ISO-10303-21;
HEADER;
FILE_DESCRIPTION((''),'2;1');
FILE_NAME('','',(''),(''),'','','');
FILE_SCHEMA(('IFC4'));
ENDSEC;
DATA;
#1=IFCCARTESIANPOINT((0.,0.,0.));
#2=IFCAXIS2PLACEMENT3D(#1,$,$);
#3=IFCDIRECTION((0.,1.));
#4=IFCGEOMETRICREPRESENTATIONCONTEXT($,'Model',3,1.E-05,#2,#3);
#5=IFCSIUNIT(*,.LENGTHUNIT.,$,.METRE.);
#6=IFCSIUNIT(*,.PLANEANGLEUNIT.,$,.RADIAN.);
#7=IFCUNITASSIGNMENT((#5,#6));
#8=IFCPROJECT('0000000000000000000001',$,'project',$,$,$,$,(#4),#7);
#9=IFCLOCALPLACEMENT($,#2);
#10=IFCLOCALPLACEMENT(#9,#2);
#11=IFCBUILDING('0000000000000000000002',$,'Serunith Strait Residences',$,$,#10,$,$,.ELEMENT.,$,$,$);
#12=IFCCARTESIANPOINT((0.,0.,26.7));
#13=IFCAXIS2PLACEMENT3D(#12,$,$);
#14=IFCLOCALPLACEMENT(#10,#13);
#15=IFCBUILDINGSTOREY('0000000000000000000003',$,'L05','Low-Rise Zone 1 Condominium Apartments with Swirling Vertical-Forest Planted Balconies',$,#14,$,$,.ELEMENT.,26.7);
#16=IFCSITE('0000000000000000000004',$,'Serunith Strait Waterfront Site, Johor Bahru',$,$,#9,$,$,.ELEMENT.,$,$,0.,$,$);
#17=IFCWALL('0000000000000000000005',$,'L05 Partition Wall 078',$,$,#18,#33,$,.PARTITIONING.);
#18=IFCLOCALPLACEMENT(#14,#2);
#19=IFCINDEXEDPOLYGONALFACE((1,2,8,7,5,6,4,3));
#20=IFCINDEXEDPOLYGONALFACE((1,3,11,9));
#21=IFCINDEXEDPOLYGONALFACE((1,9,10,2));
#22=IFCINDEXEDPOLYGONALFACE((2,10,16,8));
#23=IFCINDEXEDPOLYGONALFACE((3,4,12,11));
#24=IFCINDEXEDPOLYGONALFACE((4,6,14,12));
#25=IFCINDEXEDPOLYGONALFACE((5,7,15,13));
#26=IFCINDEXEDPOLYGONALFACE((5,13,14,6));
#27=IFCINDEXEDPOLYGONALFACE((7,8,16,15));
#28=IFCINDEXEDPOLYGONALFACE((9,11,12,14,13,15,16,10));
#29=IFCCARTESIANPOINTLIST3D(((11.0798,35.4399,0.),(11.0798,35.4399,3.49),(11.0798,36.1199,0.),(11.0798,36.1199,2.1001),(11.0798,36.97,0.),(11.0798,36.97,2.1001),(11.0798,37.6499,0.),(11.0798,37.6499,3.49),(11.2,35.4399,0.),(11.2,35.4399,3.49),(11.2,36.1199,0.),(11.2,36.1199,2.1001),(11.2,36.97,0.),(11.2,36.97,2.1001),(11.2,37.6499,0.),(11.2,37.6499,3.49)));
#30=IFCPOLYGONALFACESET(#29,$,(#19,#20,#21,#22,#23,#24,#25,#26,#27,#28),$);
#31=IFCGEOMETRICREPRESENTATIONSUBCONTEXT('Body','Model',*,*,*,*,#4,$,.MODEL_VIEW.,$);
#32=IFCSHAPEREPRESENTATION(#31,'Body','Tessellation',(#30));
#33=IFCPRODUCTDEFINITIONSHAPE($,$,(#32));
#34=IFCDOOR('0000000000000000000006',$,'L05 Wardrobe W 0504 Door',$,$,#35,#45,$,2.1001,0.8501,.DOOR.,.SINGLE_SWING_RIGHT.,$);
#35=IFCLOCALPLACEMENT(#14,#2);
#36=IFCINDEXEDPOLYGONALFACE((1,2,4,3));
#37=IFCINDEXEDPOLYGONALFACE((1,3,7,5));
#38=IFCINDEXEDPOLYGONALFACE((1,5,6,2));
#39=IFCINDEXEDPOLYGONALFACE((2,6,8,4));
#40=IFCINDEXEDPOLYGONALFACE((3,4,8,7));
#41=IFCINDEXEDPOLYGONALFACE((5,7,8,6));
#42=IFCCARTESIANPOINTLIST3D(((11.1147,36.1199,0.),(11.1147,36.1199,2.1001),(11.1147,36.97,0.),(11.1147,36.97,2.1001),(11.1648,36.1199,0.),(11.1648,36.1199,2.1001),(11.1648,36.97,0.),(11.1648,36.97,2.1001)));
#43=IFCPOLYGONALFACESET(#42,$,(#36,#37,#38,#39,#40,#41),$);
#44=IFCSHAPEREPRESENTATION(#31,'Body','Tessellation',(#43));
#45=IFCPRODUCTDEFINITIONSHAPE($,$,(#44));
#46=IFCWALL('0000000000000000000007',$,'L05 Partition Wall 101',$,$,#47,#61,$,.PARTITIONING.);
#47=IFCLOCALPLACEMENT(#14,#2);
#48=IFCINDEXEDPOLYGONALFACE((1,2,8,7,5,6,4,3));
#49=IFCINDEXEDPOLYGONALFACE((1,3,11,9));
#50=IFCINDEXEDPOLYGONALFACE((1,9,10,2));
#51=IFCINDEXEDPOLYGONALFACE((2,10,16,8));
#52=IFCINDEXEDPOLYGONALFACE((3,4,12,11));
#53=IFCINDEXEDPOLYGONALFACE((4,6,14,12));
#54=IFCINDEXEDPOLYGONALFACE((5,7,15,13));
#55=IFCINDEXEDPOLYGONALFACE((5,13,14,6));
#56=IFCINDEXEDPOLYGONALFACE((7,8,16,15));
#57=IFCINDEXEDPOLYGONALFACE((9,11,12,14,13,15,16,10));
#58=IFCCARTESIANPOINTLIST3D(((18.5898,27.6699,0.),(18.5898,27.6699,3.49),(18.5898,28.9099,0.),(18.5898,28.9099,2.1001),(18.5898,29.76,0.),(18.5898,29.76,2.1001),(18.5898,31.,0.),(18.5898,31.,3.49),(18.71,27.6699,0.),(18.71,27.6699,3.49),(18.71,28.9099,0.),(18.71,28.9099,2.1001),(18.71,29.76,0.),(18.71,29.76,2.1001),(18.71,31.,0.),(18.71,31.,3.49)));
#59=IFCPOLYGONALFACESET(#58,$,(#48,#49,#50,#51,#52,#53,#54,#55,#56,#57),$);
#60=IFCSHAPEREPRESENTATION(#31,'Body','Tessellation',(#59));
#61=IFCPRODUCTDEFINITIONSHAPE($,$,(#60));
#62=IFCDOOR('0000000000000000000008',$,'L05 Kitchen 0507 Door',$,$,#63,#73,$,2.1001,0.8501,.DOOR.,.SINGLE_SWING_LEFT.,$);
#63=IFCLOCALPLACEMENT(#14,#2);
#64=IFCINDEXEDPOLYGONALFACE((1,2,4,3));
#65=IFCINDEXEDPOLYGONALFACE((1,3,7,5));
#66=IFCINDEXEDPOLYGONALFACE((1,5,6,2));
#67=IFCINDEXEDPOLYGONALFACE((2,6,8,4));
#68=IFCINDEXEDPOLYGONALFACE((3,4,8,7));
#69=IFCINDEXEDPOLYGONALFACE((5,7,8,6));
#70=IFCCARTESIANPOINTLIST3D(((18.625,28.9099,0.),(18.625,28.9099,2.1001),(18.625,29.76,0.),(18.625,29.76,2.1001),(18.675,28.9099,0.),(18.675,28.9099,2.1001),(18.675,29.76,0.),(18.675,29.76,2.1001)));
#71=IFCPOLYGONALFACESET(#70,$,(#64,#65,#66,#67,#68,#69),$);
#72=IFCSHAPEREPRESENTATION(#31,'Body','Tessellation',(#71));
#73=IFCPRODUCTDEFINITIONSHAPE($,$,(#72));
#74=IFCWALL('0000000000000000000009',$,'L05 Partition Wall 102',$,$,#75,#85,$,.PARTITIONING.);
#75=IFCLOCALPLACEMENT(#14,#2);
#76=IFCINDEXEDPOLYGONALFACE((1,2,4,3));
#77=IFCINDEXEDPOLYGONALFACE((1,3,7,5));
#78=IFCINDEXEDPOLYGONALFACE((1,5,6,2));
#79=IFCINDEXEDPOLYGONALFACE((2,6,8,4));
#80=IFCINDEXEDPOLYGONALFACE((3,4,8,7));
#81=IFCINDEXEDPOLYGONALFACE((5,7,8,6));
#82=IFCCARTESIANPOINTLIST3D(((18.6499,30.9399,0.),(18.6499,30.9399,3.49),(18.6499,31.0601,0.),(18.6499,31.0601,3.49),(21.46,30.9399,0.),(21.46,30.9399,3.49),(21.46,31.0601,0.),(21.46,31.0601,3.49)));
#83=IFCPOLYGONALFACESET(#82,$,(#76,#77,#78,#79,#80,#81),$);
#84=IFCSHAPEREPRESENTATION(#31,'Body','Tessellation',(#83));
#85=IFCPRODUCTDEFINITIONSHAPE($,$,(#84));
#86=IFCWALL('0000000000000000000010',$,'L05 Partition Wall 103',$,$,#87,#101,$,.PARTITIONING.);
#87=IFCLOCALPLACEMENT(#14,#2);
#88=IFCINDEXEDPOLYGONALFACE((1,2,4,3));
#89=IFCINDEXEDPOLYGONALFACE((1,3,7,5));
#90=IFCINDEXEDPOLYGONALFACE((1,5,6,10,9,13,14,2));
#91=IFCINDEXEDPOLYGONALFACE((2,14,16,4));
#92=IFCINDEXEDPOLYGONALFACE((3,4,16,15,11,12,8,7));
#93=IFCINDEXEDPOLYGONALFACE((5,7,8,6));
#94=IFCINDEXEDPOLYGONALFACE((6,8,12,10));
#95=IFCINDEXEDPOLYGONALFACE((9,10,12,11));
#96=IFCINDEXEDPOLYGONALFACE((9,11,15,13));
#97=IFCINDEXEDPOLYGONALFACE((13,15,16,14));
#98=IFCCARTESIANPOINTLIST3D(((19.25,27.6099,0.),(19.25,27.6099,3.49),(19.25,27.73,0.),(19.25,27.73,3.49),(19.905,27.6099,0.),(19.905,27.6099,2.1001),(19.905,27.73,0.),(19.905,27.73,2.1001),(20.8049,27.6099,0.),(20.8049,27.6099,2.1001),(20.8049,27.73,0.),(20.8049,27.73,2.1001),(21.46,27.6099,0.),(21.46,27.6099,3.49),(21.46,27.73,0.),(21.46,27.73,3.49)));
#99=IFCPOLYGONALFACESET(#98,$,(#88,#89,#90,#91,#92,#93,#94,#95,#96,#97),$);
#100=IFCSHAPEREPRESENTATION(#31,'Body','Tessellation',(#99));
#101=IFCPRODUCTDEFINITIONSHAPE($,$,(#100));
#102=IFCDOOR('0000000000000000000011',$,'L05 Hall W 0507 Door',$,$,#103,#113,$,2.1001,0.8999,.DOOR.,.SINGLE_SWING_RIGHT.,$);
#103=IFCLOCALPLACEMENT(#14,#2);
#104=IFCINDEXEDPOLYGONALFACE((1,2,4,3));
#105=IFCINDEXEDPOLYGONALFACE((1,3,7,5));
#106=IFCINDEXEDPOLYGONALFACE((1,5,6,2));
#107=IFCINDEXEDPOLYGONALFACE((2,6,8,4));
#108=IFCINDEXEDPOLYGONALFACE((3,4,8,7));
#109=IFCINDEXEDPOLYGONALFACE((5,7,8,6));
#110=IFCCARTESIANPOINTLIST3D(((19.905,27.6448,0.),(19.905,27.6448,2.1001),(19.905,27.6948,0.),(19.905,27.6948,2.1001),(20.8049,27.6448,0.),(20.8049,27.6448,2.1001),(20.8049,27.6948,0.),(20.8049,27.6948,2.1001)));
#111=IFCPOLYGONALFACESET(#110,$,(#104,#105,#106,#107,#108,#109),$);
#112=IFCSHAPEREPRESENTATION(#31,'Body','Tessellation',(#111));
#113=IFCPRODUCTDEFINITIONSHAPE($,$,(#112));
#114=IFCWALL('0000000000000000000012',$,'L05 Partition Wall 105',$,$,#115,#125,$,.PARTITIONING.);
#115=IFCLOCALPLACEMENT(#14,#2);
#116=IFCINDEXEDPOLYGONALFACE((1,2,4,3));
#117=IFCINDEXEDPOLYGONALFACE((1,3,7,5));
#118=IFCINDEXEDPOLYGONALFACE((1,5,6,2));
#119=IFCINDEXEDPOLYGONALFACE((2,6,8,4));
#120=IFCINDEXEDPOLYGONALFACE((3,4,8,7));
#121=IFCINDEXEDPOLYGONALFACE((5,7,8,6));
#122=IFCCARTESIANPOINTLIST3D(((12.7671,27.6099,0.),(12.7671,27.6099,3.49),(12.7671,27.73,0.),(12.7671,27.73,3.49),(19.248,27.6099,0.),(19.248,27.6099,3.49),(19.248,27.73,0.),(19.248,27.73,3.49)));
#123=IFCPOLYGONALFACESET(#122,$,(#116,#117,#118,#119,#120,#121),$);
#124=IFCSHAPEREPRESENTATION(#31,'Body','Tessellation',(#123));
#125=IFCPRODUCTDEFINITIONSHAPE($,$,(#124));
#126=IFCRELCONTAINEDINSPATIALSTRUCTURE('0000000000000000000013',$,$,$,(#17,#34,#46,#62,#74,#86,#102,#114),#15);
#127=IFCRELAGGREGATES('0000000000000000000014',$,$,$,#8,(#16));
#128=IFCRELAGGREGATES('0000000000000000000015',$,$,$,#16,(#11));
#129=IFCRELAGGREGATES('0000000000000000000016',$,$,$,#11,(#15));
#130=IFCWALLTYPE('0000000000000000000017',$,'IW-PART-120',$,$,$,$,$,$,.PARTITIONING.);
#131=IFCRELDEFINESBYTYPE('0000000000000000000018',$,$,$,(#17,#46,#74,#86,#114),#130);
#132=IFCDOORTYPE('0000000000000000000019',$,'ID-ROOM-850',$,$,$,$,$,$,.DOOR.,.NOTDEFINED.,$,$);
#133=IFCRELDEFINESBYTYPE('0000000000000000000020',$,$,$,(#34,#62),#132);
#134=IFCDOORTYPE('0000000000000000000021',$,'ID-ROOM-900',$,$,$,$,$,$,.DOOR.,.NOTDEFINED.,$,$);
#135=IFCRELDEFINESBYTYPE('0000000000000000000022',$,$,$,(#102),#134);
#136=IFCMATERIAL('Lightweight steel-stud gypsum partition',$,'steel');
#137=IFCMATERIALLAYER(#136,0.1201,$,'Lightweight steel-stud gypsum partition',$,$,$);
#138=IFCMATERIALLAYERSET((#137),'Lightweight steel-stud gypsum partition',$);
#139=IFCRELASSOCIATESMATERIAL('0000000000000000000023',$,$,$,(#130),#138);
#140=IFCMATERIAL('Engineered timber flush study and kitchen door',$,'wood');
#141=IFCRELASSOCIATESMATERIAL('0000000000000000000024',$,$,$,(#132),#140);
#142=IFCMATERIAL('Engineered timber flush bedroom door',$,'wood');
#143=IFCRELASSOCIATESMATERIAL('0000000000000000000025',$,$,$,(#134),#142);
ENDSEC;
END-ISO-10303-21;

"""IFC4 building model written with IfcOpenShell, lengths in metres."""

from ifc_helpers import new_model, si_unit, direction, frame, frame_2d, origin, place, context, subcontext, project, spatial, rectangle, extrude, source, transform, mapped, material, layer, layer_set, type_object, element, fill, save


model = new_model("IFC4")

# Units and contexts
model_context = context("Model", 3, precision=1e-05, world=origin(), true_north=direction((0.0, 1.0)))
body_context = subcontext(model_context, "Body", "Model", "MODEL_VIEW")
ifc_project = project(units=[si_unit("LENGTHUNIT", "METRE"), si_unit("PLANEANGLEUNIT", "RADIAN")], contexts=[model_context])

# Site, building, storey
site_placement = place(None, origin())
site = spatial("IfcSite", under=ifc_project, at=site_placement, Name="Serunith Strait Waterfront Site, Johor Bahru", CompositionType="ELEMENT", RefElevation=0.0)
building_placement = place(site_placement, origin())
building = spatial("IfcBuilding", under=site, at=building_placement, Name="Serunith Strait Residences", CompositionType="ELEMENT")
storey_placement = place(building_placement, frame((0.0, 0.0, 26.7)))
storey = spatial("IfcBuildingStorey", under=building, at=storey_placement, Name="L05", Description="Low-Rise Zone 1 Condominium Apartments with Swirling Vertical-Forest Planted Balconies", CompositionType="ELEMENT", Elevation=26.7)

# Walls, openings, doors
ifc_material_1 = material(Name="Lightweight steel-stud gypsum partition", Category="steel")
ifc_layer_1 = layer(ifc_material_1, 0.1201, Name="Lightweight steel-stud gypsum partition")
ifc_layer_set_1 = layer_set([ifc_layer_1], Name="Lightweight steel-stud gypsum partition")
wall_type_1 = type_object("IfcWallType", Name="IW-PART-120", PredefinedType="PARTITIONING", material=ifc_layer_set_1)
shared_shape_1 = source(origin(), body_context, "Body", "SweptSolid", [
    extrude(rectangle(XDim=0.8501, YDim=2.1001, at=frame_2d((0.425, 1.05))), frame((0.0, 0.0249, 0.0), z_axis=(0.0, -1.0, 0.0), x_axis=(1.0, 0.0, 0.0)), (0.0, 0.0, 1.0), 0.05),
])
ifc_material_2 = material(Name="Engineered timber flush study and kitchen door", Category="wood")
door_type_1 = type_object("IfcDoorType", Name="ID-ROOM-850", OperationType="NOTDEFINED", PredefinedType="DOOR", material=ifc_material_2)
ifc_material_3 = material(Name="Engineered timber flush bedroom door", Category="wood")
door_type_2 = type_object("IfcDoorType", Name="ID-ROOM-900", OperationType="NOTDEFINED", PredefinedType="DOOR", material=ifc_material_3)
shared_shape_2 = source(origin(), body_context, "Body", "SweptSolid", [
    extrude(rectangle(XDim=0.8999, YDim=2.1001, at=frame_2d((0.45, 1.05))), frame((0.0, 0.0249, 0.0), z_axis=(0.0, -1.0, 0.0), x_axis=(1.0, 0.0, 0.0)), (0.0, 0.0, 1.0), 0.05),
])
wall_1_placement = place(storey_placement, frame((11.1399, 37.6499, 0.0), z_axis=(0.0, 0.0, 1.0), x_axis=(0.0, -1.0, 0.0)))
wall_1 = element("IfcWall", 1, at=wall_1_placement, inside=storey, type_object=wall_type_1, Name="L05 Partition Wall 078", PredefinedType="PARTITIONING", context=body_context, shape_type="SweptSolid", body=[
    extrude(rectangle(XDim=2.21, YDim=0.1201, at=frame_2d((1.105, 0.0))), origin(), (0.0, 0.0, 1.0), 3.49),
])
opening_1_placement = place(wall_1_placement, frame((0.6799, 0.0, 0.0)))
opening_1 = element("IfcOpeningElement", 2, at=opening_1_placement, cuts=wall_1, PredefinedType="OPENING", context=body_context, shape_type="SweptSolid", body=[
    extrude(rectangle(XDim=0.8501, YDim=2.1001, at=frame_2d((0.425, 1.05))), frame((0.0, 0.0701, 0.0), z_axis=(0.0, -1.0, 0.0), x_axis=(1.0, 0.0, 0.0)), (0.0, 0.0, 1.0), 0.1401),
])
door_1_placement = place(opening_1_placement, origin())
door_1 = element("IfcDoor", 3, at=door_1_placement, inside=storey, type_object=door_type_1, Name="L05 Wardrobe W 0504 Door", OperationType="SINGLE_SWING_RIGHT", OverallHeight=2.1001, OverallWidth=0.8501, PredefinedType="DOOR", context=body_context, shape_type="MappedRepresentation", body=[
    mapped(shared_shape_1, transform((0.0, 0.0, 0.0), scale=1.0)),
])
fill(opening_1, door_1)
wall_2_placement = place(storey_placement, frame((18.6499, 27.6699, 0.0), z_axis=(0.0, 0.0, 1.0), x_axis=(0.0, 1.0, 0.0)))
wall_2 = element("IfcWall", 4, at=wall_2_placement, inside=storey, type_object=wall_type_1, Name="L05 Partition Wall 101", PredefinedType="PARTITIONING", context=body_context, shape_type="SweptSolid", body=[
    extrude(rectangle(XDim=3.3301, YDim=0.1201, at=frame_2d((1.665, 0.0))), origin(), (0.0, 0.0, 1.0), 3.49),
])
opening_2_placement = place(wall_2_placement, frame((1.24, 0.0, 0.0)))
opening_2 = element("IfcOpeningElement", 5, at=opening_2_placement, cuts=wall_2, PredefinedType="OPENING", context=body_context, shape_type="SweptSolid", body=[
    extrude(rectangle(XDim=0.8501, YDim=2.1001, at=frame_2d((0.425, 1.05))), frame((0.0, 0.0701, 0.0), z_axis=(0.0, -1.0, 0.0), x_axis=(1.0, 0.0, 0.0)), (0.0, 0.0, 1.0), 0.1401),
])
door_2_placement = place(opening_2_placement, origin())
door_2 = element("IfcDoor", 6, at=door_2_placement, inside=storey, type_object=door_type_1, Name="L05 Kitchen 0507 Door", OperationType="SINGLE_SWING_LEFT", OverallHeight=2.1001, OverallWidth=0.8501, PredefinedType="DOOR", context=body_context, shape_type="MappedRepresentation", body=[
    mapped(shared_shape_1, transform((0.0, 0.0, 0.0), scale=1.0)),
])
fill(opening_2, door_2)

# Wall
wall_3_placement = place(storey_placement, frame((18.6499, 31.0, 0.0), z_axis=(0.0, 0.0, 1.0), x_axis=(1.0, 0.0, 0.0)))
element("IfcWall", 7, at=wall_3_placement, inside=storey, type_object=wall_type_1, Name="L05 Partition Wall 102", PredefinedType="PARTITIONING", context=body_context, shape_type="SweptSolid", body=[
    extrude(rectangle(XDim=2.8101, YDim=0.1201, at=frame_2d((1.405, 0.0))), origin(), (0.0, 0.0, 1.0), 3.49),
])

# Wall, opening, door
wall_4_placement = place(storey_placement, frame((19.25, 27.6699, 0.0), z_axis=(0.0, 0.0, 1.0), x_axis=(1.0, 0.0, 0.0)))
wall_4 = element("IfcWall", 8, at=wall_4_placement, inside=storey, type_object=wall_type_1, Name="L05 Partition Wall 103", PredefinedType="PARTITIONING", context=body_context, shape_type="SweptSolid", body=[
    extrude(rectangle(XDim=2.21, YDim=0.1201, at=frame_2d((1.105, 0.0))), origin(), (0.0, 0.0, 1.0), 3.49),
])
opening_3_placement = place(wall_4_placement, frame((0.655, 0.0, 0.0)))
opening_3 = element("IfcOpeningElement", 9, at=opening_3_placement, cuts=wall_4, PredefinedType="OPENING", context=body_context, shape_type="SweptSolid", body=[
    extrude(rectangle(XDim=0.8999, YDim=2.1001, at=frame_2d((0.45, 1.05))), frame((0.0, 0.0701, 0.0), z_axis=(0.0, -1.0, 0.0), x_axis=(1.0, 0.0, 0.0)), (0.0, 0.0, 1.0), 0.1401),
])
door_3_placement = place(opening_3_placement, origin())
door_3 = element("IfcDoor", 10, at=door_3_placement, inside=storey, type_object=door_type_2, Name="L05 Hall W 0507 Door", OperationType="SINGLE_SWING_RIGHT", OverallHeight=2.1001, OverallWidth=0.8999, PredefinedType="DOOR", context=body_context, shape_type="MappedRepresentation", body=[
    mapped(shared_shape_2, transform((0.0, 0.0, 0.0), scale=1.0)),
])
fill(opening_3, door_3)

# Wall
wall_5_placement = place(storey_placement, frame((12.7671, 27.6699, 0.0), z_axis=(0.0, 0.0, 1.0), x_axis=(1.0, 0.0, 0.0)))
element("IfcWall", 11, at=wall_5_placement, inside=storey, type_object=wall_type_1, Name="L05 Partition Wall 105", PredefinedType="PARTITIONING", context=body_context, shape_type="SweptSolid", body=[
    extrude(rectangle(XDim=6.481, YDim=0.1201, at=frame_2d((3.2405, 0.0))), origin(), (0.0, 0.0, 1.0), 3.49),
])

save(model, "model.ifc")
